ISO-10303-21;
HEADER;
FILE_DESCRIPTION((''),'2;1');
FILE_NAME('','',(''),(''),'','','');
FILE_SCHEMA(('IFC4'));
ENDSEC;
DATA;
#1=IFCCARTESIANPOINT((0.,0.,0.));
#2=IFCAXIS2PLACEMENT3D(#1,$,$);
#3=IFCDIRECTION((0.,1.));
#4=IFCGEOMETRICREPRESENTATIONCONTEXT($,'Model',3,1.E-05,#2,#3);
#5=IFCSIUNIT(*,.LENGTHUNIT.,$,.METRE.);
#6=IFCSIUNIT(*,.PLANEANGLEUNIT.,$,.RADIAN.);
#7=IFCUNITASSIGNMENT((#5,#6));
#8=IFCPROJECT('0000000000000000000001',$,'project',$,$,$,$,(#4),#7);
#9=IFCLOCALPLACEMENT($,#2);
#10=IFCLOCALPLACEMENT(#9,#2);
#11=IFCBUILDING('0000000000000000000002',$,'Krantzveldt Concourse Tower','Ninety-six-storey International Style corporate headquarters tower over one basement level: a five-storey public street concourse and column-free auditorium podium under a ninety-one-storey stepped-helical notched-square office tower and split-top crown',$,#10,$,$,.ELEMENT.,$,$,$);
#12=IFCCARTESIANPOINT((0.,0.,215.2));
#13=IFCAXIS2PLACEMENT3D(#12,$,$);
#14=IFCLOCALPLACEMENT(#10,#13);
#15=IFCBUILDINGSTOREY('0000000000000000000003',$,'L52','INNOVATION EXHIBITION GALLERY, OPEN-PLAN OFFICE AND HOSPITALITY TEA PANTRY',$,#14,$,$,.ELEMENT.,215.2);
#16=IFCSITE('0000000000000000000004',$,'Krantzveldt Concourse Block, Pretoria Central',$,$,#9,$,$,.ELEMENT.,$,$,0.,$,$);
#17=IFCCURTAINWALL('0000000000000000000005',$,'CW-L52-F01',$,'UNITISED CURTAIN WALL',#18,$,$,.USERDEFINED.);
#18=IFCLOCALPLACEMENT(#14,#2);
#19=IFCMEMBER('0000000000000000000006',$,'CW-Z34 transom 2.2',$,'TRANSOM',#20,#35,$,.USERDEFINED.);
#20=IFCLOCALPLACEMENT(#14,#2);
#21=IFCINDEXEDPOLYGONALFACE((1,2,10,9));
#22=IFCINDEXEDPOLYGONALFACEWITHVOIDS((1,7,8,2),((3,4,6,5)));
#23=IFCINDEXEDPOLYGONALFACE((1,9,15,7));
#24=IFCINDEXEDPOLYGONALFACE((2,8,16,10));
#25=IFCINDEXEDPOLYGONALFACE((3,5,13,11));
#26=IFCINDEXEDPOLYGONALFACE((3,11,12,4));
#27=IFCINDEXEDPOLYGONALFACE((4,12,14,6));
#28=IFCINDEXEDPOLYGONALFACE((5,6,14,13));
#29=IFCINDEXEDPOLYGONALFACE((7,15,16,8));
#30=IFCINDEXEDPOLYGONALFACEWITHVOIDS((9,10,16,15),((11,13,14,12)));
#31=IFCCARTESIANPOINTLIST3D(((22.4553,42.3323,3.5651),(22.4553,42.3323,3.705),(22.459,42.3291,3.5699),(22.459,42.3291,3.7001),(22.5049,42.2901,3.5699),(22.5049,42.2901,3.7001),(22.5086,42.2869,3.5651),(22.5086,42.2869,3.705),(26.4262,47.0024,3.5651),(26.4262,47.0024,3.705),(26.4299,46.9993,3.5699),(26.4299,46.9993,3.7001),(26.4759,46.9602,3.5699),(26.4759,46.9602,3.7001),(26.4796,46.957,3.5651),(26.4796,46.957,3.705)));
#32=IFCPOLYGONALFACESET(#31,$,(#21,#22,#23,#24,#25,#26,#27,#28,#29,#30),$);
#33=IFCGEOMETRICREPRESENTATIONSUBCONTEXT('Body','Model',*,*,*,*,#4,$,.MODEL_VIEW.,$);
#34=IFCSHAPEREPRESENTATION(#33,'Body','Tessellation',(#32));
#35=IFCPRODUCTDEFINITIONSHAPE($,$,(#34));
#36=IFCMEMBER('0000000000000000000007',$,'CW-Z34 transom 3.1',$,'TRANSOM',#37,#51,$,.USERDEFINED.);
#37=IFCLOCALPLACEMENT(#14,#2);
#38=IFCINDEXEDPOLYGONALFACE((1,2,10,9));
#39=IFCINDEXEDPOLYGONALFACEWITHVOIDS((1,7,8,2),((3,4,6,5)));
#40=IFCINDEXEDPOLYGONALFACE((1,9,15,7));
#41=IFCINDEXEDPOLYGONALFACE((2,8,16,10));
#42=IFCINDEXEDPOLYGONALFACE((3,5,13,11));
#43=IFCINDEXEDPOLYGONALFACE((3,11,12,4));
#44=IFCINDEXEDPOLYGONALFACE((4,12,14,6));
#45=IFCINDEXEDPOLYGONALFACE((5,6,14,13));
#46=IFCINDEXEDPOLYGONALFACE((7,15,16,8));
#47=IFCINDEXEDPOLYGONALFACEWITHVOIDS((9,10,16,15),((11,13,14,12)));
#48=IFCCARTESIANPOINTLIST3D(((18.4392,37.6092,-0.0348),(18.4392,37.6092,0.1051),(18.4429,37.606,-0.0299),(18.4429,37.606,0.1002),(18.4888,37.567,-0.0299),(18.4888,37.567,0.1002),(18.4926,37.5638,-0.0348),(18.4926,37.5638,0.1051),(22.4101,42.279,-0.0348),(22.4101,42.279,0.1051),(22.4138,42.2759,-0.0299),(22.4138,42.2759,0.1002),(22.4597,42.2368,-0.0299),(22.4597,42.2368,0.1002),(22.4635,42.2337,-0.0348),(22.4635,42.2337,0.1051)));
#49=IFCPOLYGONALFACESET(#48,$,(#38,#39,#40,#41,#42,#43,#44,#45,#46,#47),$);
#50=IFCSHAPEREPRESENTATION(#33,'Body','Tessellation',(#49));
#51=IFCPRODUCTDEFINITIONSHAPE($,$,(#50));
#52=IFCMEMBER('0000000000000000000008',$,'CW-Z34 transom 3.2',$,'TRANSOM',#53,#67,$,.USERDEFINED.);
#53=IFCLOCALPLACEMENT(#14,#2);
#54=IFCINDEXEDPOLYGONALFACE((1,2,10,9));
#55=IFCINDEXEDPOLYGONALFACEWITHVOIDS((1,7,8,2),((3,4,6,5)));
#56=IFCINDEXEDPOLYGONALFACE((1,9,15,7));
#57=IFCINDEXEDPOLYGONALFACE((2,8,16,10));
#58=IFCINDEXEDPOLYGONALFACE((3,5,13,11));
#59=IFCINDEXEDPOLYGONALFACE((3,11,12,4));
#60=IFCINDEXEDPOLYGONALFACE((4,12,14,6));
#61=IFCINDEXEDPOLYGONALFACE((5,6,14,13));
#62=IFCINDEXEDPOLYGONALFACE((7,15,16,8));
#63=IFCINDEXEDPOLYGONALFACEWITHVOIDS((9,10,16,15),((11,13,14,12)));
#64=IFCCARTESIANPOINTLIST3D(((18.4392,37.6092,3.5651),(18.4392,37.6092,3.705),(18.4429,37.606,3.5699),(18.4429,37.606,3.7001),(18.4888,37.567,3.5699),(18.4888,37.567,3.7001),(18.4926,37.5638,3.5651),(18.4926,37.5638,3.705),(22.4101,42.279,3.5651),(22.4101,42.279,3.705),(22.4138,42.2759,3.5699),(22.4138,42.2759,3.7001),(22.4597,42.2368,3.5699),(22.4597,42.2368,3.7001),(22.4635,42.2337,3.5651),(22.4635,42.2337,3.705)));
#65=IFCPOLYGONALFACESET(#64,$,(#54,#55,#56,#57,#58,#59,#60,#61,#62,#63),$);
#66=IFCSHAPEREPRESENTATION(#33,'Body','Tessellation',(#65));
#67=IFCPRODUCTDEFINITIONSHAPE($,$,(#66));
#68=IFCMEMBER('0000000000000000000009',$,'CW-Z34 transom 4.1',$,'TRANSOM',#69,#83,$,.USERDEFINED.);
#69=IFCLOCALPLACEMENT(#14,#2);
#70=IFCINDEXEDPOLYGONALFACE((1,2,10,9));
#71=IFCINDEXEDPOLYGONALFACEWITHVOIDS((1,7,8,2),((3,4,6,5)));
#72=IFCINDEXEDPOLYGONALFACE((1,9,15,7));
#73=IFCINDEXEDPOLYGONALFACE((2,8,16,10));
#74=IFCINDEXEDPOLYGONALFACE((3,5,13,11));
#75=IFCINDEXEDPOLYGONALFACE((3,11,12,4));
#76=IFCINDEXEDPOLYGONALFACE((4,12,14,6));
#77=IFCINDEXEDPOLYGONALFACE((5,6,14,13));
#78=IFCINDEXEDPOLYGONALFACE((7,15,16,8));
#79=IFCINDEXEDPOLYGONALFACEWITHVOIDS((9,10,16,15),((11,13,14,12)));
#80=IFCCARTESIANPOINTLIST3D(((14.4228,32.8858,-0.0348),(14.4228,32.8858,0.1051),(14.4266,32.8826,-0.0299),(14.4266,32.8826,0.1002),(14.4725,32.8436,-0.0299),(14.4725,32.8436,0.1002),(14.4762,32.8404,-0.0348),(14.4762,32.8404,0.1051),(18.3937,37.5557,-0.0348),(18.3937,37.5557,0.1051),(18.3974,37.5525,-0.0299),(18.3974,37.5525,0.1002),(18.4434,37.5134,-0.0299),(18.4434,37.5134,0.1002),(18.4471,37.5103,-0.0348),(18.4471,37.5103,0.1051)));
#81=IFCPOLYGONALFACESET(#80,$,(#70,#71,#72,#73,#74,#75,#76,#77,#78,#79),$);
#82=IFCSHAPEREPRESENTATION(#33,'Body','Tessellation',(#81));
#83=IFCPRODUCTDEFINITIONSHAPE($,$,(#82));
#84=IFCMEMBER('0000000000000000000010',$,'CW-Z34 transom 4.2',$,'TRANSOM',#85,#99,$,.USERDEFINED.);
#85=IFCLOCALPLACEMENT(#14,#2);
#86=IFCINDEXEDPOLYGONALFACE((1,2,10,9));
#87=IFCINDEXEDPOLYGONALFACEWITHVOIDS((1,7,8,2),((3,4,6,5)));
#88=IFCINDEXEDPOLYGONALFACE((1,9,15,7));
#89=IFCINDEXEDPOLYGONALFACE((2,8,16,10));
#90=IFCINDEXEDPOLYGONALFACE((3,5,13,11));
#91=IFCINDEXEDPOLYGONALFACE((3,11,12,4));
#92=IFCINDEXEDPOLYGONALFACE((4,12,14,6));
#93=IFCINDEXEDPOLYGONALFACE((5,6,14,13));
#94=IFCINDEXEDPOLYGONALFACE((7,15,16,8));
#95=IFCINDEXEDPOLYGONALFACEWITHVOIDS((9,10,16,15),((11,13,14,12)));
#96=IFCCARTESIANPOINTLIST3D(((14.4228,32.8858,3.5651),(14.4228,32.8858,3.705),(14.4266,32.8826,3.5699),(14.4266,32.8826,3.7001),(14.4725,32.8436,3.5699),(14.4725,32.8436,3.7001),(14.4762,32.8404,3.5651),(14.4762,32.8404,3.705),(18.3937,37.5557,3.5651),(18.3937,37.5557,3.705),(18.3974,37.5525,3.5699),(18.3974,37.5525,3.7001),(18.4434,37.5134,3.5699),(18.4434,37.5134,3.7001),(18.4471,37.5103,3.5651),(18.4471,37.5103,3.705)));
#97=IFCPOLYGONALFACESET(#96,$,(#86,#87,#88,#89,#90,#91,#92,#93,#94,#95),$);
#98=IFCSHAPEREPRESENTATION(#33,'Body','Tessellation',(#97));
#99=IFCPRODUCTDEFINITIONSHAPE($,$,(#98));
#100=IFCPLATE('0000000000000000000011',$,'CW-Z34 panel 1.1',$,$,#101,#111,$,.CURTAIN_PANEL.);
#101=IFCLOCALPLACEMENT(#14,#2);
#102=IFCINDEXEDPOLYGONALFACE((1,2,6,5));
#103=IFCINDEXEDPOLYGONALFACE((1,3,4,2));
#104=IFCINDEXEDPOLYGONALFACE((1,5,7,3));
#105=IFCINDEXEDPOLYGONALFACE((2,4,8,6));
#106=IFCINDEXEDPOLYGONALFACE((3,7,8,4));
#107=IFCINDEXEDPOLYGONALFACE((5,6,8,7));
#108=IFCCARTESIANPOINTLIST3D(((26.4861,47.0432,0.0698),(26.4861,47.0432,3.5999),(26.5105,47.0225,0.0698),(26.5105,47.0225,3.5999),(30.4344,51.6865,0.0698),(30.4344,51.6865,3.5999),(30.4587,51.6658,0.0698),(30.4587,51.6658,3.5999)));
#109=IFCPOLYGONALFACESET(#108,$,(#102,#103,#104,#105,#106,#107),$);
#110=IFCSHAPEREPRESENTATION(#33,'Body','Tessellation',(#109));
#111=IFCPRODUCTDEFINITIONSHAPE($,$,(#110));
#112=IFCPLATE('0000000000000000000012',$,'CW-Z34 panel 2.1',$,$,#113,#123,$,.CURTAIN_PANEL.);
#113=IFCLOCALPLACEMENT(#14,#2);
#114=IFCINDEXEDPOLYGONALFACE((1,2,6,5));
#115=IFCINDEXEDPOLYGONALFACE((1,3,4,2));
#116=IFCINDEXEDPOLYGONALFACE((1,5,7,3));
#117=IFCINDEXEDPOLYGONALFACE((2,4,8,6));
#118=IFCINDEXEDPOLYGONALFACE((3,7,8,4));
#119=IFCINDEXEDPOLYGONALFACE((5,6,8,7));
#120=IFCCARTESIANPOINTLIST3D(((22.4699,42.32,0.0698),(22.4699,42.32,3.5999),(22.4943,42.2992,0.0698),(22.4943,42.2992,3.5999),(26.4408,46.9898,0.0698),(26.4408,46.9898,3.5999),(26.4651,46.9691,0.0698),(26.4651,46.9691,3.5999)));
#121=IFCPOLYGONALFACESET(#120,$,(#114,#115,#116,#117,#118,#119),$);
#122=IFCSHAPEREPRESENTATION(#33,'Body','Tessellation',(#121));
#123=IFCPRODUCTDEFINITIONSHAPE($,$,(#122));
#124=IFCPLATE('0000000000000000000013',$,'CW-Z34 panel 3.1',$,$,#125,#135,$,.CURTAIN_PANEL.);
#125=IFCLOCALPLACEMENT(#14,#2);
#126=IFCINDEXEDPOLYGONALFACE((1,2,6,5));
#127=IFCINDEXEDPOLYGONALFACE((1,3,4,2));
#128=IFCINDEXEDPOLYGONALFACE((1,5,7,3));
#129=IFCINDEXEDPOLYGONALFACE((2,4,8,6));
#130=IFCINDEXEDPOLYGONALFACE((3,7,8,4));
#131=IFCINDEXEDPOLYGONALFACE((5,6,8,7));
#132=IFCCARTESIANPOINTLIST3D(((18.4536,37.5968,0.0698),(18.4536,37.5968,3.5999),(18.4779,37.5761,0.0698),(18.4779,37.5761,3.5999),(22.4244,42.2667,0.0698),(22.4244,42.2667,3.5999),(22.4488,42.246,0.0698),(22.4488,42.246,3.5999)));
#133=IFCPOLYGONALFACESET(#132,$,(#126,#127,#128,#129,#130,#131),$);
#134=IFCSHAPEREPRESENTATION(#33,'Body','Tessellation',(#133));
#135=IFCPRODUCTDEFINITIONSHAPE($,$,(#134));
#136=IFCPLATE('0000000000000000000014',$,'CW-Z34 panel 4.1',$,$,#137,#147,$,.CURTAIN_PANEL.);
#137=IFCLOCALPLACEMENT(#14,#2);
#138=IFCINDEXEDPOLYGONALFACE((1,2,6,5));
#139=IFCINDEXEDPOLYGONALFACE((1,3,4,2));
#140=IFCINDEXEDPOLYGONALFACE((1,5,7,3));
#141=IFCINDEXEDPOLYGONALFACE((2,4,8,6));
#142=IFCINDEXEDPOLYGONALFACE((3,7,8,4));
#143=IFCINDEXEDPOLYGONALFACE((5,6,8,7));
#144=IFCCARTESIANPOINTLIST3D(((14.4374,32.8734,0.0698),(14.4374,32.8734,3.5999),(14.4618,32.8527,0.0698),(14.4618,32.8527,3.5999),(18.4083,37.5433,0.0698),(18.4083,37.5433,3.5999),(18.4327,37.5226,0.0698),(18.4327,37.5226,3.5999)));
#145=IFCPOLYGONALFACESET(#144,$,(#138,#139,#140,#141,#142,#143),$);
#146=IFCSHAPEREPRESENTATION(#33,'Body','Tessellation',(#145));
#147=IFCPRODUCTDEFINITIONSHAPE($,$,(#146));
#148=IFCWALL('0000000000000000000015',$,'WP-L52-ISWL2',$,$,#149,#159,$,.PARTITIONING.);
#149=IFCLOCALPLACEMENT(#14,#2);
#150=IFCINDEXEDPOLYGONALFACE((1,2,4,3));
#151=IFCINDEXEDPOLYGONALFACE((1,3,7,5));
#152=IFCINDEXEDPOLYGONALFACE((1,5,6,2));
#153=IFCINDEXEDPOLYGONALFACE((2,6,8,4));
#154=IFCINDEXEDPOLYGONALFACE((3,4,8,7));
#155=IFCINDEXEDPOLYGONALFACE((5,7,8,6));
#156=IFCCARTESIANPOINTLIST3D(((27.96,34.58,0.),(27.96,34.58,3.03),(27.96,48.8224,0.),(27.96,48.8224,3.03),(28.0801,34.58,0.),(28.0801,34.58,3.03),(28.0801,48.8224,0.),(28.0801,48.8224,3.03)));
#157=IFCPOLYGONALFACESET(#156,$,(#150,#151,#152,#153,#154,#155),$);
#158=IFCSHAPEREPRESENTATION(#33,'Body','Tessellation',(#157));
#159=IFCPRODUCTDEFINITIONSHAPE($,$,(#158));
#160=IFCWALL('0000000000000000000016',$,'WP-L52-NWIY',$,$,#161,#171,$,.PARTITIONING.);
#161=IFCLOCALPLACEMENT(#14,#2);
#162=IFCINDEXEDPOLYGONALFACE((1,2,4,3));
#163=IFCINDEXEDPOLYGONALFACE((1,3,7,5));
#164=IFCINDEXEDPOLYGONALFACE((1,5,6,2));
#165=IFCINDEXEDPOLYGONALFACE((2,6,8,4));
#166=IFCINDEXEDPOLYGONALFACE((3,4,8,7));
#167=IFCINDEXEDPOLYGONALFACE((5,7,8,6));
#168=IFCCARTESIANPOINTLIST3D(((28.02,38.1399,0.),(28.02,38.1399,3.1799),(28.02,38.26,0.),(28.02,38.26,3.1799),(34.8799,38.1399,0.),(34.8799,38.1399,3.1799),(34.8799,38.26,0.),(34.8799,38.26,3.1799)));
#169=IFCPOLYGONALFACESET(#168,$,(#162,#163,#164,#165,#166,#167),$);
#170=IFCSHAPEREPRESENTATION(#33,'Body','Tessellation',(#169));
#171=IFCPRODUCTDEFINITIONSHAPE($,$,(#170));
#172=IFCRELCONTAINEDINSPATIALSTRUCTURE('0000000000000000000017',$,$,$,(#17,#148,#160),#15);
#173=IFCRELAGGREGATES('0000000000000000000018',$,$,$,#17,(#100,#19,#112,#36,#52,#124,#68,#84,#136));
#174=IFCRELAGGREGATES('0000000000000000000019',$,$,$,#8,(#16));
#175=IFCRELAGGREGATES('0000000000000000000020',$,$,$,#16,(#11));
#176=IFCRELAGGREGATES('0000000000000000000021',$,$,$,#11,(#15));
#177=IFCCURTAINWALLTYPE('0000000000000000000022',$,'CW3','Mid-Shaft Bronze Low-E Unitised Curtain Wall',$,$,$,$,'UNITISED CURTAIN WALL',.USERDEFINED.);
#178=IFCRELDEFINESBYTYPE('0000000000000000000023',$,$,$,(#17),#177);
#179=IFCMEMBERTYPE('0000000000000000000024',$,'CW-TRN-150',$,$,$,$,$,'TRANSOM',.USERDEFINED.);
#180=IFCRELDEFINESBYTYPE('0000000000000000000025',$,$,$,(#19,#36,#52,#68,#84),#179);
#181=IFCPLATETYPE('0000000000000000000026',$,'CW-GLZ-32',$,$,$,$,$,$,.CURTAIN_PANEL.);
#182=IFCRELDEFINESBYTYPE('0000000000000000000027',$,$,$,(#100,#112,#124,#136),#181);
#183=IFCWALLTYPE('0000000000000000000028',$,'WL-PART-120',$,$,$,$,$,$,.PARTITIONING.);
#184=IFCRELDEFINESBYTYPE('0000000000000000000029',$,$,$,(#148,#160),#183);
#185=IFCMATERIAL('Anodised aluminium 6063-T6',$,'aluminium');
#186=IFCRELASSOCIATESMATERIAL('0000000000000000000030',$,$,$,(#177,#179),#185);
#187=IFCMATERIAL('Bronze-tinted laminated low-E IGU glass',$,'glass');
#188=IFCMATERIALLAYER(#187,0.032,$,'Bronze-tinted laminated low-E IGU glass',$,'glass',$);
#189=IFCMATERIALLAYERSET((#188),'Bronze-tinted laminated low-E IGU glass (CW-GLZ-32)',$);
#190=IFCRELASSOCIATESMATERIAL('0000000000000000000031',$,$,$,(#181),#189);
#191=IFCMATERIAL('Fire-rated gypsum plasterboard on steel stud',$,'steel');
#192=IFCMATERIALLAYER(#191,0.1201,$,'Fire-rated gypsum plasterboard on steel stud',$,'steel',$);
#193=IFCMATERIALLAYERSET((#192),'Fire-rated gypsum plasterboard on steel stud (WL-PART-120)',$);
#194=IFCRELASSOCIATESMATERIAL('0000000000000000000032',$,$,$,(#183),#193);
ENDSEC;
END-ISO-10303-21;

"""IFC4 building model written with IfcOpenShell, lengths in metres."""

from ifc_helpers import new_model, si_unit, direction, frame, frame_2d, origin, origin_2d, place, context, subcontext, project, spatial, rectangle, hollow_rectangle, extrude, source, transform, mapped, material, layer, layer_set, material_profile, profile_set, type_object, type_shapes, element, aggregate, save


model = new_model("IFC4")

# Units and contexts
model_context = context("Model", 3, precision=1e-05, world=origin(), true_north=direction((0.0, 1.0)))
body_context = subcontext(model_context, "Body", "Model", "MODEL_VIEW")
ifc_project = project(units=[si_unit("LENGTHUNIT", "METRE"), si_unit("PLANEANGLEUNIT", "RADIAN")], contexts=[model_context])

# Site, building, storey
site_placement = place(None, origin())
site = spatial("IfcSite", under=ifc_project, at=site_placement, Name="Krantzveldt Concourse Block, Pretoria Central", CompositionType="ELEMENT", RefElevation=0.0)
building_placement = place(site_placement, origin())
building = spatial("IfcBuilding", under=site, at=building_placement, Name="Krantzveldt Concourse Tower", Description="Ninety-six-storey International Style corporate headquarters tower over one basement level: a five-storey public street concourse and column-free auditorium podium under a ninety-one-storey stepped-helical notched-square office tower and split-top crown", CompositionType="ELEMENT")
storey_placement = place(building_placement, frame((0.0, 0.0, 215.2)))
storey = spatial("IfcBuildingStorey", under=building, at=storey_placement, Name="L52", Description="INNOVATION EXHIBITION GALLERY, OPEN-PLAN OFFICE AND HOSPITALITY TEA PANTRY", CompositionType="ELEMENT", Elevation=215.2)

# Curtain wall, members, plates
ifc_material_1 = material(Name="Anodised aluminium 6063-T6", Category="aluminium")
curtain_wall_type = type_object("IfcCurtainWallType", Name="CW3", Description="Mid-Shaft Bronze Low-E Unitised Curtain Wall", ElementType="UNITISED CURTAIN WALL", PredefinedType="USERDEFINED", material=ifc_material_1)
curtain_wall_placement = place(storey_placement, origin())
curtain_wall = element("IfcCurtainWall", 1, at=curtain_wall_placement, inside=storey, type_object=curtain_wall_type, Name="CW-L52-F01", ObjectType="UNITISED CURTAIN WALL", PredefinedType="USERDEFINED")
ifc_material_profile_1 = material_profile(ifc_material_1, hollow_rectangle(XDim=0.0701, YDim=0.1399, WallThickness=0.0049, at=origin_2d()), Name="Anodised aluminium 6063-T6", Category="aluminium")
ifc_profile_set_1 = profile_set([ifc_material_profile_1], Name="Anodised aluminium 6063-T6 - ALU-TRAN 140x70x5")
member_type_1 = type_object("IfcMemberType", Name="CW-TRN-150", ElementType="TRANSOM", PredefinedType="USERDEFINED", material=ifc_profile_set_1)
shared_shape_1 = source(origin(), body_context, "Body", "SweptSolid", [
    extrude(hollow_rectangle(XDim=0.0701, YDim=0.1399, WallThickness=0.0049, at=origin_2d()), origin(), (0.0, 0.0, 1.0), 6.1301),
])
member_1_placement = place(storey_placement, frame((26.4529, 46.9797, 3.635), z_axis=(-0.647772, -0.761834, 0.0), x_axis=(0.761834, -0.647772, 0.0)))
member_1 = element("IfcMember", 2, at=member_1_placement, type_object=member_type_1, Name="CW-Z34 transom 2.2", ObjectType="TRANSOM", PredefinedType="USERDEFINED", context=body_context, shape_type="MappedRepresentation", body=[
    mapped(shared_shape_1, transform((0.0, 0.0, 0.0), x_axis=(1.0, 0.0, 0.0), y_axis=(0.0, 1.0, 0.0), z_axis=(0.0, 0.0, 1.0), scale=1.0)),
])
shared_shape_2 = source(origin(), body_context, "Body", "SweptSolid", [
    extrude(hollow_rectangle(XDim=0.0701, YDim=0.1399, WallThickness=0.0049, at=origin_2d()), origin(), (0.0, 0.0, 1.0), 6.1299),
])
member_2_placement = place(storey_placement, frame((22.4368, 42.2563, 0.0352), z_axis=(-0.647792, -0.761817, 0.0), x_axis=(0.761817, -0.647792, 0.0)))
member_2 = element("IfcMember", 3, at=member_2_placement, type_object=member_type_1, Name="CW-Z34 transom 3.1", ObjectType="TRANSOM", PredefinedType="USERDEFINED", context=body_context, shape_type="MappedRepresentation", body=[
    mapped(shared_shape_2, transform((0.0, 0.0, 0.0), x_axis=(1.0, 0.0, 0.0), y_axis=(0.0, 1.0, 0.0), z_axis=(0.0, 0.0, 1.0), scale=1.0)),
])
member_3_placement = place(storey_placement, frame((22.4368, 42.2563, 3.635), z_axis=(-0.647792, -0.761817, 0.0), x_axis=(0.761817, -0.647792, 0.0)))
member_3 = element("IfcMember", 4, at=member_3_placement, type_object=member_type_1, Name="CW-Z34 transom 3.2", ObjectType="TRANSOM", PredefinedType="USERDEFINED", context=body_context, shape_type="MappedRepresentation", body=[
    mapped(shared_shape_2, transform((0.0, 0.0, 0.0), x_axis=(1.0, 0.0, 0.0), y_axis=(0.0, 1.0, 0.0), z_axis=(0.0, 0.0, 1.0), scale=1.0)),
])
member_4_placement = place(storey_placement, frame((18.4204, 37.533, 0.0352), z_axis=(-0.647792, -0.761817, 0.0), x_axis=(0.761817, -0.647792, 0.0)))
member_4 = element("IfcMember", 5, at=member_4_placement, type_object=member_type_1, Name="CW-Z34 transom 4.1", ObjectType="TRANSOM", PredefinedType="USERDEFINED", context=body_context, shape_type="MappedRepresentation", body=[
    mapped(shared_shape_2, transform((0.0, 0.0, 0.0), x_axis=(1.0, 0.0, 0.0), y_axis=(0.0, 1.0, 0.0), z_axis=(0.0, 0.0, 1.0), scale=1.0)),
])
member_5_placement = place(storey_placement, frame((18.4204, 37.533, 3.635), z_axis=(-0.647792, -0.761817, 0.0), x_axis=(0.761817, -0.647792, 0.0)))
member_5 = element("IfcMember", 6, at=member_5_placement, type_object=member_type_1, Name="CW-Z34 transom 4.2", ObjectType="TRANSOM", PredefinedType="USERDEFINED", context=body_context, shape_type="MappedRepresentation", body=[
    mapped(shared_shape_2, transform((0.0, 0.0, 0.0), x_axis=(1.0, 0.0, 0.0), y_axis=(0.0, 1.0, 0.0), z_axis=(0.0, 0.0, 1.0), scale=1.0)),
])
ifc_material_2 = material(Name="Bronze-tinted laminated low-E IGU glass", Category="glass")
ifc_layer_1 = layer(ifc_material_2, 0.032, Name="Bronze-tinted laminated low-E IGU glass", Category="glass")
ifc_layer_set_1 = layer_set([ifc_layer_1], Name="Bronze-tinted laminated low-E IGU glass (CW-GLZ-32)")
plate_type = type_object("IfcPlateType", Name="CW-GLZ-32", PredefinedType="CURTAIN_PANEL", material=ifc_layer_set_1)
shared_shape_3 = source(origin(), body_context, "Body", "SweptSolid", [
    extrude(rectangle(XDim=6.095, YDim=0.032, at=origin_2d()), origin(), (0.0, 0.0, 1.0), 3.53),
])
plate_1_placement = place(storey_placement, frame((28.4724, 49.3545, 0.0698), z_axis=(0.0, 0.0, 1.0), x_axis=(-0.647788, -0.761821, 0.0)))
plate_1 = element("IfcPlate", 7, at=plate_1_placement, type_object=plate_type, Name="CW-Z34 panel 1.1", PredefinedType="CURTAIN_PANEL", context=body_context, shape_type="MappedRepresentation", body=[
    mapped(shared_shape_3, transform((0.0, 0.0, 0.0), x_axis=(1.0, 0.0, 0.0), y_axis=(0.0, 1.0, 0.0), z_axis=(0.0, 0.0, 1.0), scale=1.0)),
])
shared_shape_4 = source(origin(), body_context, "Body", "SweptSolid", [
    extrude(rectangle(XDim=6.1299, YDim=0.032, at=origin_2d()), origin(), (0.0, 0.0, 1.0), 3.53),
])
type_shapes(plate_type, [shared_shape_3, shared_shape_4])
plate_2_placement = place(storey_placement, frame((24.4675, 44.6445, 0.0698), z_axis=(0.0, 0.0, 1.0), x_axis=(-0.647788, -0.761821, 0.0)))
plate_2 = element("IfcPlate", 8, at=plate_2_placement, type_object=plate_type, Name="CW-Z34 panel 2.1", PredefinedType="CURTAIN_PANEL", context=body_context, shape_type="MappedRepresentation", body=[
    mapped(shared_shape_4, transform((0.0, 0.0, 0.0), x_axis=(1.0, 0.0, 0.0), y_axis=(0.0, 1.0, 0.0), z_axis=(0.0, 0.0, 1.0), scale=1.0)),
])
plate_3_placement = place(storey_placement, frame((20.4512, 39.9214, 0.0698), z_axis=(0.0, 0.0, 1.0), x_axis=(-0.647788, -0.761821, 0.0)))
plate_3 = element("IfcPlate", 9, at=plate_3_placement, type_object=plate_type, Name="CW-Z34 panel 3.1", PredefinedType="CURTAIN_PANEL", context=body_context, shape_type="MappedRepresentation", body=[
    mapped(shared_shape_4, transform((0.0, 0.0, 0.0), x_axis=(1.0, 0.0, 0.0), y_axis=(0.0, 1.0, 0.0), z_axis=(0.0, 0.0, 1.0), scale=1.0)),
])
plate_4_placement = place(storey_placement, frame((16.4351, 35.198, 0.0698), z_axis=(0.0, 0.0, 1.0), x_axis=(-0.647788, -0.761821, 0.0)))
plate_4 = element("IfcPlate", 10, at=plate_4_placement, type_object=plate_type, Name="CW-Z34 panel 4.1", PredefinedType="CURTAIN_PANEL", context=body_context, shape_type="MappedRepresentation", body=[
    mapped(shared_shape_4, transform((0.0, 0.0, 0.0), x_axis=(1.0, 0.0, 0.0), y_axis=(0.0, 1.0, 0.0), z_axis=(0.0, 0.0, 1.0), scale=1.0)),
])
aggregate(curtain_wall, [plate_1, member_1, plate_2, member_2, member_3, plate_3, member_4, member_5, plate_4])

# Walls
ifc_material_3 = material(Name="Fire-rated gypsum plasterboard on steel stud", Category="steel")
ifc_layer_2 = layer(ifc_material_3, 0.1201, Name="Fire-rated gypsum plasterboard on steel stud", Category="steel")
ifc_layer_set_2 = layer_set([ifc_layer_2], Name="Fire-rated gypsum plasterboard on steel stud (WL-PART-120)")
wall_type_1 = type_object("IfcWallType", Name="WL-PART-120", PredefinedType="PARTITIONING", material=ifc_layer_set_2)
wall_1_placement = place(storey_placement, frame((28.02, 34.5801, 0.0), z_axis=(0.0, 0.0, 1.0), x_axis=(0.0, 1.0, 0.0)))
element("IfcWall", 11, at=wall_1_placement, inside=storey, type_object=wall_type_1, Name="WP-L52-ISWL2", PredefinedType="PARTITIONING", context=body_context, shape_type="SweptSolid", body=[
    extrude(rectangle(XDim=14.2424, YDim=0.1201, at=frame_2d((7.1211, 0.0))), origin(), (0.0, 0.0, 1.0), 3.03),
])
wall_2_placement = place(storey_placement, frame((28.02, 38.2, 0.0), z_axis=(0.0, 0.0, 1.0), x_axis=(1.0, 0.0, 0.0)))
element("IfcWall", 12, at=wall_2_placement, inside=storey, type_object=wall_type_1, Name="WP-L52-NWIY", PredefinedType="PARTITIONING", context=body_context, shape_type="SweptSolid", body=[
    extrude(rectangle(XDim=6.8599, YDim=0.1201, at=frame_2d((3.4299, 0.0))), origin(), (0.0, 0.0, 1.0), 3.1799),
])

save(model, "model.ifc")
